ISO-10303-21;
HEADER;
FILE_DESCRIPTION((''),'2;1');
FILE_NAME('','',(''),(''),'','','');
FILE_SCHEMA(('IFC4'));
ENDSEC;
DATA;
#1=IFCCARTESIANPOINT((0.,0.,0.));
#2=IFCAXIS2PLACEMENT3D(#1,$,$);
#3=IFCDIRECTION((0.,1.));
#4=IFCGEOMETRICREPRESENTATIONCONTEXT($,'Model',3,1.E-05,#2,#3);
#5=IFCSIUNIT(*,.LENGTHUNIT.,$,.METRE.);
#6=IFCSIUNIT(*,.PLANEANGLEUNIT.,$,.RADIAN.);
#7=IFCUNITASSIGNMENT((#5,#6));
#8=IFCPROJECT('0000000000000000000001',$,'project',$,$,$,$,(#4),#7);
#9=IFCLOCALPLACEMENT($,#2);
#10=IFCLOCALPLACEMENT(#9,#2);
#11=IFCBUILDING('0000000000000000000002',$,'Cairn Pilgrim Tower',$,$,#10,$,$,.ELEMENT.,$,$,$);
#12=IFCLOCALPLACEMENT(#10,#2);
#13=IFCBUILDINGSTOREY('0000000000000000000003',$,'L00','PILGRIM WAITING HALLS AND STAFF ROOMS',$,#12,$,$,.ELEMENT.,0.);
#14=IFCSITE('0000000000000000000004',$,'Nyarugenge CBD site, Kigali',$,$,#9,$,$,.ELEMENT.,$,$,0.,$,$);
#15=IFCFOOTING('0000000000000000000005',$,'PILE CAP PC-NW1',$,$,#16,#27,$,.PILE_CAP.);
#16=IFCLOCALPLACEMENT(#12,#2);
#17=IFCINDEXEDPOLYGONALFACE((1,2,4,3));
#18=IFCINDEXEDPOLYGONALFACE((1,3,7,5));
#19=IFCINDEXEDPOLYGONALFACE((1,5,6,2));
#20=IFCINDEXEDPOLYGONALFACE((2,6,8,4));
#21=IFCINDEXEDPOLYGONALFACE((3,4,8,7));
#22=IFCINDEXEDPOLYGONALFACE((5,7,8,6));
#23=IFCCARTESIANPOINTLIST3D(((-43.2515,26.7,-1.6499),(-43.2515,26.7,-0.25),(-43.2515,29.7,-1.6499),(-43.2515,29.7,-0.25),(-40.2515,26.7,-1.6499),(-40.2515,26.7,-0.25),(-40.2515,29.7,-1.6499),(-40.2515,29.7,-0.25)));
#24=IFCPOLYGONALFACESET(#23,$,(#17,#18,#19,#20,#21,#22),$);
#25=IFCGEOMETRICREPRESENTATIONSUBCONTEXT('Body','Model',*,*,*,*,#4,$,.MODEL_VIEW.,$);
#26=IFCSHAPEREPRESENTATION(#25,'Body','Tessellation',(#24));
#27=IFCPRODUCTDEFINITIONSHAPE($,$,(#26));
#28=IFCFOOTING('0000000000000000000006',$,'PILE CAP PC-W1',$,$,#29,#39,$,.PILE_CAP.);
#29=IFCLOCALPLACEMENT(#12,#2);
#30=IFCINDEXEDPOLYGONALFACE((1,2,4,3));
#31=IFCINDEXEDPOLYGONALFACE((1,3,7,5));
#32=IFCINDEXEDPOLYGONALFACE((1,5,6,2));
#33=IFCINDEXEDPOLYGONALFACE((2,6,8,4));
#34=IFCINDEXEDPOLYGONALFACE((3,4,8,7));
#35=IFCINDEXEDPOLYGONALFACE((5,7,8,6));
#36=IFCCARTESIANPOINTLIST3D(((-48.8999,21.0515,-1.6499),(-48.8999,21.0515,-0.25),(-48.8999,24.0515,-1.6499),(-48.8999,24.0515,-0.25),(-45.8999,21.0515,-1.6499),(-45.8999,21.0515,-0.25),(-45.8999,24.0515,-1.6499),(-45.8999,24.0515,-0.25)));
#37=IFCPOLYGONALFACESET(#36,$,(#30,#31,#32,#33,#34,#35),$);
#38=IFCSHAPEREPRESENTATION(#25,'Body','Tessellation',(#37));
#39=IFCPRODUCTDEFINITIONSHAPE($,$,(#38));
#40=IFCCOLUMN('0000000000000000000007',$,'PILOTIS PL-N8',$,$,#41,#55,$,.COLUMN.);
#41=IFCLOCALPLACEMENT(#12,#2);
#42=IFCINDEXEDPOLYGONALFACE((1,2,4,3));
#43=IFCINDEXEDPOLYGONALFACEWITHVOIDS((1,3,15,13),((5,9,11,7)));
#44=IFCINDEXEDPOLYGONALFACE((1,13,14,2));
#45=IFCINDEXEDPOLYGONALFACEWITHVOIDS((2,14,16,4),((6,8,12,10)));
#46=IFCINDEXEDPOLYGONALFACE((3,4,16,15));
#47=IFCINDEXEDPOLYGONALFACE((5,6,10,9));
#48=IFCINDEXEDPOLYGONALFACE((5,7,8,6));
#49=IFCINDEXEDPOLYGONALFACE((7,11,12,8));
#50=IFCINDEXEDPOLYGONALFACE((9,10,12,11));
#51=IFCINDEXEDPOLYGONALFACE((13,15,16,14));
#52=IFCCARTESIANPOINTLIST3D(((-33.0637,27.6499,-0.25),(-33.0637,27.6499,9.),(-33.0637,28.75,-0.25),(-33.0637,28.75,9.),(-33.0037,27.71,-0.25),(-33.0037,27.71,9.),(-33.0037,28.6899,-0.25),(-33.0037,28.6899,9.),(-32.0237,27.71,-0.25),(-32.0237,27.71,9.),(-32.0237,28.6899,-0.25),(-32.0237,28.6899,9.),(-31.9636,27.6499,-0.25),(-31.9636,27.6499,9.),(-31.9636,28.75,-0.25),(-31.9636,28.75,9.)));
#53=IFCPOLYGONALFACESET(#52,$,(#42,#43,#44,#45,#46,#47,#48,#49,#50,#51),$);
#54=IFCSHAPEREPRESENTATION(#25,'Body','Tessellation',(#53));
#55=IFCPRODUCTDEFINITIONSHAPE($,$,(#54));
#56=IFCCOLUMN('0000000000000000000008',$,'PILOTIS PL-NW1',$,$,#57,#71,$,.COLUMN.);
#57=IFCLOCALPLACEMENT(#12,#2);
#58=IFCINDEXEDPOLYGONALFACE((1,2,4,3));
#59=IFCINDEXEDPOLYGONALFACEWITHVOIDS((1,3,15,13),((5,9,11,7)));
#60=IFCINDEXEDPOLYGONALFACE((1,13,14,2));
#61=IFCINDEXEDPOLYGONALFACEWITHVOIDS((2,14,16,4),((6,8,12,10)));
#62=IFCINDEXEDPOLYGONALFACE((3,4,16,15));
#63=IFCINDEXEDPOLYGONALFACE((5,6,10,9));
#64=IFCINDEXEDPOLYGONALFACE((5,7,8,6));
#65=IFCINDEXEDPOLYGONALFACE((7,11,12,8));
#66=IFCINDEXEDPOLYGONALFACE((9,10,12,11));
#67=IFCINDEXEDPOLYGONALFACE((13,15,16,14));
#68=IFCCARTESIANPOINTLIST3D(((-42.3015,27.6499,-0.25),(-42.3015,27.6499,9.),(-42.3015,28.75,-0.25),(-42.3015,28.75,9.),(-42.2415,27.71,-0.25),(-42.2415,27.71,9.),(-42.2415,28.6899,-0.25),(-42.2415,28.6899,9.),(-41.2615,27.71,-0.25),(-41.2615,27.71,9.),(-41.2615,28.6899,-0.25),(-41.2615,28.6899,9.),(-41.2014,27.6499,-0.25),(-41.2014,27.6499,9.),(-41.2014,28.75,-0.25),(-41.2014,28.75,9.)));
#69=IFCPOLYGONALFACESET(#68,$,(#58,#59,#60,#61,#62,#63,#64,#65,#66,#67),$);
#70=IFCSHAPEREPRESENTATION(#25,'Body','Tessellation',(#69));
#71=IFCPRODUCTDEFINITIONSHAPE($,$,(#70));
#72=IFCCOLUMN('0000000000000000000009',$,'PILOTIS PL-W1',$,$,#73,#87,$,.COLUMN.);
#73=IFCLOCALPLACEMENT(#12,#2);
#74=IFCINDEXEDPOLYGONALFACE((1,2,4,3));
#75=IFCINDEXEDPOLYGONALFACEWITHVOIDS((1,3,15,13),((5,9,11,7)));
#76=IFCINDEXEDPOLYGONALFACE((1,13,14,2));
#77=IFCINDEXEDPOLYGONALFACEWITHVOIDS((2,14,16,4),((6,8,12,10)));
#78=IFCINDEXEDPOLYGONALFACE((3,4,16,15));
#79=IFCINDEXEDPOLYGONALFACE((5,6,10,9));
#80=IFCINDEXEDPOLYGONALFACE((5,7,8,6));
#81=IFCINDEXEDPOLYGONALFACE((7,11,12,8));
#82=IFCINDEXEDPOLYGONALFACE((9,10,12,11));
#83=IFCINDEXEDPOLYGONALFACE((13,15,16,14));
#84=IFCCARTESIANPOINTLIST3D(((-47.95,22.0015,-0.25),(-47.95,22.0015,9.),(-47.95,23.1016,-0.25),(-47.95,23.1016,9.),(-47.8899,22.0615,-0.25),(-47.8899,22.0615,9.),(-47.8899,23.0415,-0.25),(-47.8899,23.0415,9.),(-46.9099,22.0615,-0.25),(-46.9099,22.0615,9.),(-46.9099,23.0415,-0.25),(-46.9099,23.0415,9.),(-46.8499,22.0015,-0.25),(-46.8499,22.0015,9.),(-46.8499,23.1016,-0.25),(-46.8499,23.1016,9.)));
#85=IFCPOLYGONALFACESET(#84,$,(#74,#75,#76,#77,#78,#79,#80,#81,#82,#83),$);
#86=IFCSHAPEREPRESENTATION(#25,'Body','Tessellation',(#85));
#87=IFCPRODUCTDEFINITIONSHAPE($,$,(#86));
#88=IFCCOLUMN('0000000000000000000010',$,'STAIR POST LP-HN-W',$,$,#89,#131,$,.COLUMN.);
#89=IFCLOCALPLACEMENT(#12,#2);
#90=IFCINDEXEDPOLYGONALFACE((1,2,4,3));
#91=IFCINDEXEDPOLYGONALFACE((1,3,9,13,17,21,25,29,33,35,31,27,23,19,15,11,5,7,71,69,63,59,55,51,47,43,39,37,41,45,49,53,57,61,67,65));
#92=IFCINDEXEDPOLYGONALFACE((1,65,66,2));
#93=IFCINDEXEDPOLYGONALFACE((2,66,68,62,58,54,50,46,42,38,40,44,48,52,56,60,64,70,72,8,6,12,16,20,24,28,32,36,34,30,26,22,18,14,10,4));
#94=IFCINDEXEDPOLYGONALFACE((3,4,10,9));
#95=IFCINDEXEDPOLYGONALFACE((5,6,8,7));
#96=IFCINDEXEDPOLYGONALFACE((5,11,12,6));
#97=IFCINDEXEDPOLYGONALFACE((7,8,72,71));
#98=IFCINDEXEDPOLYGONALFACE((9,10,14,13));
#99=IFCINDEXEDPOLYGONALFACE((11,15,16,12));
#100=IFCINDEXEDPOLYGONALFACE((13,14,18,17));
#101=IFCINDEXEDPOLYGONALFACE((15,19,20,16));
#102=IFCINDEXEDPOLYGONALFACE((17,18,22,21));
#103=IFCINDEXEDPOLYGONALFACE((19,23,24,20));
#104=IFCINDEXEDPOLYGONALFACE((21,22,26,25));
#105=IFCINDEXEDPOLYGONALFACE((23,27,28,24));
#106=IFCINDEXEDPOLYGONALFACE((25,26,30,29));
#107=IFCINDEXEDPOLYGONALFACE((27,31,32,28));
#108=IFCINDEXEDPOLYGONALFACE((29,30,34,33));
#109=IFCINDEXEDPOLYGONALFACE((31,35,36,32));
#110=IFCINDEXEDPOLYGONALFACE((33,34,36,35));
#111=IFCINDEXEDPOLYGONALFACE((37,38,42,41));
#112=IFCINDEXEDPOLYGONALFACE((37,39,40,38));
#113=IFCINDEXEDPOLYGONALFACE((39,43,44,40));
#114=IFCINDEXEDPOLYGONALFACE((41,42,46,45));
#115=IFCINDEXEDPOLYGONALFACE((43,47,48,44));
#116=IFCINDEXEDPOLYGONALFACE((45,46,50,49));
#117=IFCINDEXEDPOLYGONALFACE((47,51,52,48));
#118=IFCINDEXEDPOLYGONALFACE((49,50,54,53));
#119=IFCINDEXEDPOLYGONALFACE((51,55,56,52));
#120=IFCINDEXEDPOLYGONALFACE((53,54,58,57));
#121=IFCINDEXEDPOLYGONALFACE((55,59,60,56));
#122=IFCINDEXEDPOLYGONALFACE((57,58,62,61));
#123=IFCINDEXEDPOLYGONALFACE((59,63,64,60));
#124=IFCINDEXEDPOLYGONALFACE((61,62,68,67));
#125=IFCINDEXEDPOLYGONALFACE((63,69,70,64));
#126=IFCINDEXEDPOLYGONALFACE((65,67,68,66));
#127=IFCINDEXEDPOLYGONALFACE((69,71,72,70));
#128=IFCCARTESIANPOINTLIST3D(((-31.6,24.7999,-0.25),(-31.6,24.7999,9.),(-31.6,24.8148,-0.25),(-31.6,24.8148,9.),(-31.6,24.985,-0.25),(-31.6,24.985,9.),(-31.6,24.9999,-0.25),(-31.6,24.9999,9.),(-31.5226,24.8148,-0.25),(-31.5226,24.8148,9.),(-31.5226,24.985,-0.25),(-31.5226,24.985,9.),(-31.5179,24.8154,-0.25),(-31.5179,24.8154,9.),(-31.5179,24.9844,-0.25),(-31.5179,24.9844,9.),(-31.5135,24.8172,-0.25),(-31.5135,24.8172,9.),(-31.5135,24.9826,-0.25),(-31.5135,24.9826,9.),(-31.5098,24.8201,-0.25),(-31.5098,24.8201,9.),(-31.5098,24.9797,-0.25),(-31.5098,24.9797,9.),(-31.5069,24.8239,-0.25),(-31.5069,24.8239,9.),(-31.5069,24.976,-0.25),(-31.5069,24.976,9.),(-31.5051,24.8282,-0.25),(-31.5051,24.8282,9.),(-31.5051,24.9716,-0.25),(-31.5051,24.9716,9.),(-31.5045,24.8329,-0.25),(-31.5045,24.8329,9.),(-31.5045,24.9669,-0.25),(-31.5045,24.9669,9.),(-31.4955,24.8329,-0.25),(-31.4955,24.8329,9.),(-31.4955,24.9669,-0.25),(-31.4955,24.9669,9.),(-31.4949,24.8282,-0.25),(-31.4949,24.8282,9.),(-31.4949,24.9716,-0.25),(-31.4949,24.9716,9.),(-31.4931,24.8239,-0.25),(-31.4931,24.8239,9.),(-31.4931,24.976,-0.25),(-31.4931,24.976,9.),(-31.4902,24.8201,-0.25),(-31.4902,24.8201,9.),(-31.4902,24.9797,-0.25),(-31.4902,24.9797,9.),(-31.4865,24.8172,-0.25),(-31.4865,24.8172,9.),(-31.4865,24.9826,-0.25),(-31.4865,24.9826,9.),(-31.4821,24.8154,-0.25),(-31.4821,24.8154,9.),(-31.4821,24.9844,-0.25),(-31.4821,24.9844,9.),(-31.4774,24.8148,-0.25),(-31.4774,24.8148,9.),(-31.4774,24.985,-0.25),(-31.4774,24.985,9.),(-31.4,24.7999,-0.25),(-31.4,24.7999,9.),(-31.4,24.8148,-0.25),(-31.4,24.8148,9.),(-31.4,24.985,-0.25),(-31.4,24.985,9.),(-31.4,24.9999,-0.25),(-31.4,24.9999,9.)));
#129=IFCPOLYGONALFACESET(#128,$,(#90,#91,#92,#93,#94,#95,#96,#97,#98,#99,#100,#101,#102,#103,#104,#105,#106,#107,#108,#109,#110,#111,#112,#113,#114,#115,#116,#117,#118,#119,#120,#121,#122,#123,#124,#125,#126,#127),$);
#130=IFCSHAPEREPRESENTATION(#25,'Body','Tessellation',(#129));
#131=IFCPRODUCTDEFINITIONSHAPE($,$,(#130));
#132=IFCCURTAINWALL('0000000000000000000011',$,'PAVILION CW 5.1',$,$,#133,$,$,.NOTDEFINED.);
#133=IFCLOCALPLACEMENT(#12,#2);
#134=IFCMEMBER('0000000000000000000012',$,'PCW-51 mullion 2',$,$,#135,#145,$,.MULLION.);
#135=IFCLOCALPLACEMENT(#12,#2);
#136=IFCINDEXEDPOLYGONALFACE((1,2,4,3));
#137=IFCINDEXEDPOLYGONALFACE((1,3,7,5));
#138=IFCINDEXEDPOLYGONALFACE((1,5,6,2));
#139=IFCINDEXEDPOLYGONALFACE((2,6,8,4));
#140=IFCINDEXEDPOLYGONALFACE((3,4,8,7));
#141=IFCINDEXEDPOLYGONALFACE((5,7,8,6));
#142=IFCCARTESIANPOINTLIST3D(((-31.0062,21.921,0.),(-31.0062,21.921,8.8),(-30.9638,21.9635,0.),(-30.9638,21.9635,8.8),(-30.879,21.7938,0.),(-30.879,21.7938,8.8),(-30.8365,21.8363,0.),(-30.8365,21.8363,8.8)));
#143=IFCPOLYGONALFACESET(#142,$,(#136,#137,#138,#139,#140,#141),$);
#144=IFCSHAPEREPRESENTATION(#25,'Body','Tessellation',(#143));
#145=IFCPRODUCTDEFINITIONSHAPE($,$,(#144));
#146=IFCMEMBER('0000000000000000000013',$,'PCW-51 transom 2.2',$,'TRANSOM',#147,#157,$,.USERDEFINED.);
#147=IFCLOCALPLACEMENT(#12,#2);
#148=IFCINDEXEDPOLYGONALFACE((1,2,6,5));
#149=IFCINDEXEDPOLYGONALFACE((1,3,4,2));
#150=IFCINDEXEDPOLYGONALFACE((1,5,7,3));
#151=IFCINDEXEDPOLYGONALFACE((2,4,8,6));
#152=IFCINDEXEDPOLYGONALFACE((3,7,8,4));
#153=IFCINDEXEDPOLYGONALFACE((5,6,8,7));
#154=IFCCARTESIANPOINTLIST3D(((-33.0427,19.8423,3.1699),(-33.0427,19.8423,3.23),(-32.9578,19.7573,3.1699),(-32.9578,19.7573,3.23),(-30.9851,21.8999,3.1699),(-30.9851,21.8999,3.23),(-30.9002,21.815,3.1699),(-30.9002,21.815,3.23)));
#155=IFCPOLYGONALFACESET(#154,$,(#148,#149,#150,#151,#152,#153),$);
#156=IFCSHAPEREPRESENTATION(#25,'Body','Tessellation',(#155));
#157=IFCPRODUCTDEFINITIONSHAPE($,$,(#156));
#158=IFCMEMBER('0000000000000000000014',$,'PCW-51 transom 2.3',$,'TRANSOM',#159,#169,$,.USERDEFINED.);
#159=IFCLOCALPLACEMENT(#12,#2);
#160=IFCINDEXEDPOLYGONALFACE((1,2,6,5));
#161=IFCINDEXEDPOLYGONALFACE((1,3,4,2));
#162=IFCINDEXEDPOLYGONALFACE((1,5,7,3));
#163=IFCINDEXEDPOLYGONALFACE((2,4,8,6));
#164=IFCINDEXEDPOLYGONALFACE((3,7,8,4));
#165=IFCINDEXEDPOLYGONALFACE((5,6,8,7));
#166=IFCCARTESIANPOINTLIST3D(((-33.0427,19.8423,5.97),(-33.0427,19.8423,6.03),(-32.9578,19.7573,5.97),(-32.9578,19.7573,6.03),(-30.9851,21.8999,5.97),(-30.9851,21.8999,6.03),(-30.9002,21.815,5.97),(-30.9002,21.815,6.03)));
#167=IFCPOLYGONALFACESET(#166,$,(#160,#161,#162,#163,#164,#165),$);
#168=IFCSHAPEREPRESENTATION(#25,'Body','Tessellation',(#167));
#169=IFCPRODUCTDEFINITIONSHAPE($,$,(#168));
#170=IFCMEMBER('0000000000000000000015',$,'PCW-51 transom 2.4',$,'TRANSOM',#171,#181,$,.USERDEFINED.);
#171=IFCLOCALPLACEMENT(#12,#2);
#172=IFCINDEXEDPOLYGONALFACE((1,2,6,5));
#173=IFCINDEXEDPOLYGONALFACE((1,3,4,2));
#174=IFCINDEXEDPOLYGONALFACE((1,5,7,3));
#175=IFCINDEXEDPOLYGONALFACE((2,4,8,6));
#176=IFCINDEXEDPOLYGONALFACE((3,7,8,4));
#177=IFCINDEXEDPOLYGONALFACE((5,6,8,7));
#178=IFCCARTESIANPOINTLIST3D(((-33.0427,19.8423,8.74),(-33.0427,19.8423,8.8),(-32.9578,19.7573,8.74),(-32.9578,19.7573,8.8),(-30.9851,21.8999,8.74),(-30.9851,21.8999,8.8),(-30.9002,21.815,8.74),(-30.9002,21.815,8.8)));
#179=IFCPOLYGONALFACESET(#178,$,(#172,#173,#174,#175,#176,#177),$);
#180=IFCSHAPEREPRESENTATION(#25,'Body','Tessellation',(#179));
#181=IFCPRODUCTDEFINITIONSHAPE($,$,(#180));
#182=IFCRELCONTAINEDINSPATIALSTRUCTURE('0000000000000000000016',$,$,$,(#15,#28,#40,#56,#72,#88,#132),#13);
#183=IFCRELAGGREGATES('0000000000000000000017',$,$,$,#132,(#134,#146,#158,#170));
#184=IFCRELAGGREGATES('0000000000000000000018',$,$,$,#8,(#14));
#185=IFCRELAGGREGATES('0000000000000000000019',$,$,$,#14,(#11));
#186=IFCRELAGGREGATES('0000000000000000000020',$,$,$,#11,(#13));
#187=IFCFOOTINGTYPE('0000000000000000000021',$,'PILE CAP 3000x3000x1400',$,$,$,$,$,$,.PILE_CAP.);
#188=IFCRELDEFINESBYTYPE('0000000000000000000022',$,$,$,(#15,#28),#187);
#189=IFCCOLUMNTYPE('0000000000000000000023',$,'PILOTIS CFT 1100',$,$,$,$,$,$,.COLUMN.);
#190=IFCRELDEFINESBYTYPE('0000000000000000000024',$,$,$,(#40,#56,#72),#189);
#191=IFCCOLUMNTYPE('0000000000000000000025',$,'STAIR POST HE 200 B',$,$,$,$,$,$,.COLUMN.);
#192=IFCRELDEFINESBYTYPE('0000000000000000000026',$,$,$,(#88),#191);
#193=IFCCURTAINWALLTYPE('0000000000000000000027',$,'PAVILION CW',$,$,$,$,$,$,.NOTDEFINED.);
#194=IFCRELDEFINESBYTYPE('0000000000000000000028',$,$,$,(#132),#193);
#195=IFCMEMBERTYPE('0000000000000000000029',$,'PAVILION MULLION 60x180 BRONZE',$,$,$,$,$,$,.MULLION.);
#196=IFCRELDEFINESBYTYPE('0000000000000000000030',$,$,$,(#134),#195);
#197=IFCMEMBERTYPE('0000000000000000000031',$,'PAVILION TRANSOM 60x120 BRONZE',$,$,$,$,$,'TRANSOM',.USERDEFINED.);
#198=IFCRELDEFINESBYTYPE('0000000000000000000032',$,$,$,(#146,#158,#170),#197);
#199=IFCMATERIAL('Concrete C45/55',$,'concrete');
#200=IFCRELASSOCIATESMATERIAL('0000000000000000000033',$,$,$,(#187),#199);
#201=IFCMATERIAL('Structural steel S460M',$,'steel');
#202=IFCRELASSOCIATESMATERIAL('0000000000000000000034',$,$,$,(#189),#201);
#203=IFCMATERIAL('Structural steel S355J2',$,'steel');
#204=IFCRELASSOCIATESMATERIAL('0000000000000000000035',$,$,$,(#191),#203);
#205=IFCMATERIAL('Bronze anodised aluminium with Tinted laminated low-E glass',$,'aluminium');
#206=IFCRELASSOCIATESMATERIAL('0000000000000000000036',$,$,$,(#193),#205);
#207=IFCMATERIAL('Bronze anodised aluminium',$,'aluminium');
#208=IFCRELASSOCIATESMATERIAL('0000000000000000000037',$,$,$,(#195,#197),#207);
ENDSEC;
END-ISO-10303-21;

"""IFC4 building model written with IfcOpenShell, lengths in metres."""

from ifc_helpers import new_model, si_unit, direction, frame, origin, origin_2d, place, context, subcontext, project, spatial, rectangle, hollow_rectangle, i_section, extrude, material, material_profile, profile_set, type_object, element, aggregate, save


model = new_model("IFC4")

# Units and contexts
model_context = context("Model", 3, precision=1e-05, world=origin(), true_north=direction((0.0, 1.0)))
body_context = subcontext(model_context, "Body", "Model", "MODEL_VIEW")
ifc_project = project(units=[si_unit("LENGTHUNIT", "METRE"), si_unit("PLANEANGLEUNIT", "RADIAN")], contexts=[model_context])

# Site, building, storey
site_placement = place(None, origin())
site = spatial("IfcSite", under=ifc_project, at=site_placement, Name="Nyarugenge CBD site, Kigali", CompositionType="ELEMENT", RefElevation=0.0)
building_placement = place(site_placement, origin())
building = spatial("IfcBuilding", under=site, at=building_placement, Name="Cairn Pilgrim Tower", CompositionType="ELEMENT")
storey_placement = place(building_placement, origin())
storey = spatial("IfcBuildingStorey", under=building, at=storey_placement, Name="L00", Description="PILGRIM WAITING HALLS AND STAFF ROOMS", CompositionType="ELEMENT", Elevation=0.0)

# Footings
ifc_material_1 = material(Name="Concrete C45/55", Category="concrete")
footing_type_1 = type_object("IfcFootingType", Name="PILE CAP 3000x3000x1400", PredefinedType="PILE_CAP", material=ifc_material_1)
for number, where, z_axis, x_axis, name in (
    (1, (-41.7515, 28.2, -1.6499), (0.0, 0.0, 1.0), (1.0, 0.0, 0.0), "PILE CAP PC-NW1"),
    (2, (-47.3999, 22.5515, -1.6499), (0.0, 0.0, 1.0), (1.0, 0.0, 0.0), "PILE CAP PC-W1"),
):
    element("IfcFooting", number, at=place(storey_placement, frame(where, z_axis=z_axis, x_axis=x_axis)), inside=storey, type_object=footing_type_1, Name=name, PredefinedType="PILE_CAP", context=body_context, shape_type="SweptSolid", body=[
        extrude(rectangle(XDim=3.0, YDim=3.0, at=origin_2d()), origin(), (0.0, 0.0, 1.0), 1.3999),
    ])

# Columns
ifc_material_2 = material(Name="Structural steel S460M", Category="steel")
ifc_material_profile_1 = material_profile(ifc_material_2, hollow_rectangle(XDim=1.1001, YDim=1.1001, WallThickness=0.0601, at=origin_2d()), Name="BOX 1100x1100x60")
ifc_profile_set_1 = profile_set([ifc_material_profile_1], Name="Structural steel S460M")
column_type_1 = type_object("IfcColumnType", Name="PILOTIS CFT 1100", PredefinedType="COLUMN", material=ifc_profile_set_1)
for number, where, z_axis, x_axis, name in (
    (3, (-32.5137, 28.2, -0.25), (0.0, 0.0, 1.0), (1.0, 0.0, 0.0), "PILOTIS PL-N8"),
    (4, (-41.7515, 28.2, -0.25), (0.0, 0.0, 1.0), (1.0, 0.0, 0.0), "PILOTIS PL-NW1"),
    (5, (-47.3999, 22.5515, -0.25), (0.0, 0.0, 1.0), (1.0, 0.0, 0.0), "PILOTIS PL-W1"),
):
    element("IfcColumn", number, at=place(storey_placement, frame(where, z_axis=z_axis, x_axis=x_axis)), inside=storey, type_object=column_type_1, Name=name, PredefinedType="COLUMN", context=body_context, shape_type="SweptSolid", body=[
        extrude(hollow_rectangle(XDim=1.1001, YDim=1.1001, WallThickness=0.0601, at=origin_2d()), origin(), (0.0, 0.0, 1.0), 9.25),
    ])
ifc_material_3 = material(Name="Structural steel S355J2", Category="steel")
ifc_material_profile_2 = material_profile(ifc_material_3, i_section(OverallWidth=0.2, OverallDepth=0.2, WebThickness=0.009, FlangeThickness=0.0149, FilletRadius=0.0181, at=origin_2d()), Name="HE 200 B")
ifc_profile_set_2 = profile_set([ifc_material_profile_2], Name="Structural steel S355J2")
column_type_2 = type_object("IfcColumnType", Name="STAIR POST HE 200 B", PredefinedType="COLUMN", material=ifc_profile_set_2)
column_placement = place(storey_placement, frame((-31.5, 24.8999, -0.25), z_axis=(0.0, 0.0, 1.0), x_axis=(1.0, 0.0, 0.0)))
element("IfcColumn", 6, at=column_placement, inside=storey, type_object=column_type_2, Name="STAIR POST LP-HN-W", PredefinedType="COLUMN", context=body_context, shape_type="SweptSolid", body=[
    extrude(i_section(OverallWidth=0.2, OverallDepth=0.2, WebThickness=0.009, FlangeThickness=0.0149, FilletRadius=0.0181, at=origin_2d()), origin(), (0.0, 0.0, 1.0), 9.25),
])

# Curtain wall, members
ifc_material_4 = material(Name="Bronze anodised aluminium with Tinted laminated low-E glass", Category="aluminium")
curtain_wall_type = type_object("IfcCurtainWallType", Name="PAVILION CW", PredefinedType="NOTDEFINED", material=ifc_material_4)
curtain_wall_placement = place(storey_placement, origin())
curtain_wall = element("IfcCurtainWall", 7, at=curtain_wall_placement, inside=storey, type_object=curtain_wall_type, Name="PAVILION CW 5.1", PredefinedType="NOTDEFINED")
ifc_material_5 = material(Name="Bronze anodised aluminium", Category="aluminium")
ifc_material_profile_3 = material_profile(ifc_material_5, rectangle(XDim=0.1799, YDim=0.0601, at=origin_2d()), Name="PAVILION MULLION 60x180 BRONZE")
ifc_profile_set_3 = profile_set([ifc_material_profile_3], Name="Bronze anodised aluminium")
member_type_1 = type_object("IfcMemberType", Name="PAVILION MULLION 60x180 BRONZE", PredefinedType="MULLION", material=ifc_profile_set_3)
member_1_placement = place(storey_placement, frame((-30.9214, 21.8787, 0.0), z_axis=(0.0, 0.0, 1.0), x_axis=(0.707107, -0.707107, 0.0)))
member_1 = element("IfcMember", 8, at=member_1_placement, type_object=member_type_1, Name="PCW-51 mullion 2", PredefinedType="MULLION", context=body_context, shape_type="SweptSolid", body=[
    extrude(rectangle(XDim=0.1799, YDim=0.0601, at=origin_2d()), origin(), (0.0, 0.0, 1.0), 8.8),
])
ifc_material_profile_4 = material_profile(ifc_material_5, rectangle(XDim=0.1201, YDim=0.0601, at=origin_2d()), Name="PAVILION TRANSOM 60x120 BRONZE")
ifc_profile_set_4 = profile_set([ifc_material_profile_4], Name="Bronze anodised aluminium")
member_type_2 = type_object("IfcMemberType", Name="PAVILION TRANSOM 60x120 BRONZE", ElementType="TRANSOM", PredefinedType="USERDEFINED", material=ifc_profile_set_4)
member_2_placement = place(storey_placement, frame((-30.9426, 21.8574, 3.2), z_axis=(-0.707107, -0.707107, 0.0), x_axis=(0.707107, -0.707107, 0.0)))
member_2 = element("IfcMember", 9, at=member_2_placement, type_object=member_type_2, Name="PCW-51 transom 2.2", ObjectType="TRANSOM", PredefinedType="USERDEFINED", context=body_context, shape_type="SweptSolid", body=[
    extrude(rectangle(XDim=0.1201, YDim=0.0601, at=origin_2d()), origin(), (0.0, 0.0, 1.0), 2.9099),
])
member_3_placement = place(storey_placement, frame((-30.9426, 21.8574, 6.0), z_axis=(-0.707107, -0.707107, 0.0), x_axis=(0.707107, -0.707107, 0.0)))
member_3 = element("IfcMember", 10, at=member_3_placement, type_object=member_type_2, Name="PCW-51 transom 2.3", ObjectType="TRANSOM", PredefinedType="USERDEFINED", context=body_context, shape_type="SweptSolid", body=[
    extrude(rectangle(XDim=0.1201, YDim=0.0601, at=origin_2d()), origin(), (0.0, 0.0, 1.0), 2.9099),
])
member_4_placement = place(storey_placement, frame((-30.9426, 21.8574, 8.77), z_axis=(-0.707107, -0.707107, 0.0), x_axis=(0.707107, -0.707107, 0.0)))
member_4 = element("IfcMember", 11, at=member_4_placement, type_object=member_type_2, Name="PCW-51 transom 2.4", ObjectType="TRANSOM", PredefinedType="USERDEFINED", context=body_context, shape_type="SweptSolid", body=[
    extrude(rectangle(XDim=0.1201, YDim=0.0601, at=origin_2d()), origin(), (0.0, 0.0, 1.0), 2.9099),
])

aggregate(curtain_wall, [member_1, member_2, member_3, member_4])

save(model, "model.ifc")
